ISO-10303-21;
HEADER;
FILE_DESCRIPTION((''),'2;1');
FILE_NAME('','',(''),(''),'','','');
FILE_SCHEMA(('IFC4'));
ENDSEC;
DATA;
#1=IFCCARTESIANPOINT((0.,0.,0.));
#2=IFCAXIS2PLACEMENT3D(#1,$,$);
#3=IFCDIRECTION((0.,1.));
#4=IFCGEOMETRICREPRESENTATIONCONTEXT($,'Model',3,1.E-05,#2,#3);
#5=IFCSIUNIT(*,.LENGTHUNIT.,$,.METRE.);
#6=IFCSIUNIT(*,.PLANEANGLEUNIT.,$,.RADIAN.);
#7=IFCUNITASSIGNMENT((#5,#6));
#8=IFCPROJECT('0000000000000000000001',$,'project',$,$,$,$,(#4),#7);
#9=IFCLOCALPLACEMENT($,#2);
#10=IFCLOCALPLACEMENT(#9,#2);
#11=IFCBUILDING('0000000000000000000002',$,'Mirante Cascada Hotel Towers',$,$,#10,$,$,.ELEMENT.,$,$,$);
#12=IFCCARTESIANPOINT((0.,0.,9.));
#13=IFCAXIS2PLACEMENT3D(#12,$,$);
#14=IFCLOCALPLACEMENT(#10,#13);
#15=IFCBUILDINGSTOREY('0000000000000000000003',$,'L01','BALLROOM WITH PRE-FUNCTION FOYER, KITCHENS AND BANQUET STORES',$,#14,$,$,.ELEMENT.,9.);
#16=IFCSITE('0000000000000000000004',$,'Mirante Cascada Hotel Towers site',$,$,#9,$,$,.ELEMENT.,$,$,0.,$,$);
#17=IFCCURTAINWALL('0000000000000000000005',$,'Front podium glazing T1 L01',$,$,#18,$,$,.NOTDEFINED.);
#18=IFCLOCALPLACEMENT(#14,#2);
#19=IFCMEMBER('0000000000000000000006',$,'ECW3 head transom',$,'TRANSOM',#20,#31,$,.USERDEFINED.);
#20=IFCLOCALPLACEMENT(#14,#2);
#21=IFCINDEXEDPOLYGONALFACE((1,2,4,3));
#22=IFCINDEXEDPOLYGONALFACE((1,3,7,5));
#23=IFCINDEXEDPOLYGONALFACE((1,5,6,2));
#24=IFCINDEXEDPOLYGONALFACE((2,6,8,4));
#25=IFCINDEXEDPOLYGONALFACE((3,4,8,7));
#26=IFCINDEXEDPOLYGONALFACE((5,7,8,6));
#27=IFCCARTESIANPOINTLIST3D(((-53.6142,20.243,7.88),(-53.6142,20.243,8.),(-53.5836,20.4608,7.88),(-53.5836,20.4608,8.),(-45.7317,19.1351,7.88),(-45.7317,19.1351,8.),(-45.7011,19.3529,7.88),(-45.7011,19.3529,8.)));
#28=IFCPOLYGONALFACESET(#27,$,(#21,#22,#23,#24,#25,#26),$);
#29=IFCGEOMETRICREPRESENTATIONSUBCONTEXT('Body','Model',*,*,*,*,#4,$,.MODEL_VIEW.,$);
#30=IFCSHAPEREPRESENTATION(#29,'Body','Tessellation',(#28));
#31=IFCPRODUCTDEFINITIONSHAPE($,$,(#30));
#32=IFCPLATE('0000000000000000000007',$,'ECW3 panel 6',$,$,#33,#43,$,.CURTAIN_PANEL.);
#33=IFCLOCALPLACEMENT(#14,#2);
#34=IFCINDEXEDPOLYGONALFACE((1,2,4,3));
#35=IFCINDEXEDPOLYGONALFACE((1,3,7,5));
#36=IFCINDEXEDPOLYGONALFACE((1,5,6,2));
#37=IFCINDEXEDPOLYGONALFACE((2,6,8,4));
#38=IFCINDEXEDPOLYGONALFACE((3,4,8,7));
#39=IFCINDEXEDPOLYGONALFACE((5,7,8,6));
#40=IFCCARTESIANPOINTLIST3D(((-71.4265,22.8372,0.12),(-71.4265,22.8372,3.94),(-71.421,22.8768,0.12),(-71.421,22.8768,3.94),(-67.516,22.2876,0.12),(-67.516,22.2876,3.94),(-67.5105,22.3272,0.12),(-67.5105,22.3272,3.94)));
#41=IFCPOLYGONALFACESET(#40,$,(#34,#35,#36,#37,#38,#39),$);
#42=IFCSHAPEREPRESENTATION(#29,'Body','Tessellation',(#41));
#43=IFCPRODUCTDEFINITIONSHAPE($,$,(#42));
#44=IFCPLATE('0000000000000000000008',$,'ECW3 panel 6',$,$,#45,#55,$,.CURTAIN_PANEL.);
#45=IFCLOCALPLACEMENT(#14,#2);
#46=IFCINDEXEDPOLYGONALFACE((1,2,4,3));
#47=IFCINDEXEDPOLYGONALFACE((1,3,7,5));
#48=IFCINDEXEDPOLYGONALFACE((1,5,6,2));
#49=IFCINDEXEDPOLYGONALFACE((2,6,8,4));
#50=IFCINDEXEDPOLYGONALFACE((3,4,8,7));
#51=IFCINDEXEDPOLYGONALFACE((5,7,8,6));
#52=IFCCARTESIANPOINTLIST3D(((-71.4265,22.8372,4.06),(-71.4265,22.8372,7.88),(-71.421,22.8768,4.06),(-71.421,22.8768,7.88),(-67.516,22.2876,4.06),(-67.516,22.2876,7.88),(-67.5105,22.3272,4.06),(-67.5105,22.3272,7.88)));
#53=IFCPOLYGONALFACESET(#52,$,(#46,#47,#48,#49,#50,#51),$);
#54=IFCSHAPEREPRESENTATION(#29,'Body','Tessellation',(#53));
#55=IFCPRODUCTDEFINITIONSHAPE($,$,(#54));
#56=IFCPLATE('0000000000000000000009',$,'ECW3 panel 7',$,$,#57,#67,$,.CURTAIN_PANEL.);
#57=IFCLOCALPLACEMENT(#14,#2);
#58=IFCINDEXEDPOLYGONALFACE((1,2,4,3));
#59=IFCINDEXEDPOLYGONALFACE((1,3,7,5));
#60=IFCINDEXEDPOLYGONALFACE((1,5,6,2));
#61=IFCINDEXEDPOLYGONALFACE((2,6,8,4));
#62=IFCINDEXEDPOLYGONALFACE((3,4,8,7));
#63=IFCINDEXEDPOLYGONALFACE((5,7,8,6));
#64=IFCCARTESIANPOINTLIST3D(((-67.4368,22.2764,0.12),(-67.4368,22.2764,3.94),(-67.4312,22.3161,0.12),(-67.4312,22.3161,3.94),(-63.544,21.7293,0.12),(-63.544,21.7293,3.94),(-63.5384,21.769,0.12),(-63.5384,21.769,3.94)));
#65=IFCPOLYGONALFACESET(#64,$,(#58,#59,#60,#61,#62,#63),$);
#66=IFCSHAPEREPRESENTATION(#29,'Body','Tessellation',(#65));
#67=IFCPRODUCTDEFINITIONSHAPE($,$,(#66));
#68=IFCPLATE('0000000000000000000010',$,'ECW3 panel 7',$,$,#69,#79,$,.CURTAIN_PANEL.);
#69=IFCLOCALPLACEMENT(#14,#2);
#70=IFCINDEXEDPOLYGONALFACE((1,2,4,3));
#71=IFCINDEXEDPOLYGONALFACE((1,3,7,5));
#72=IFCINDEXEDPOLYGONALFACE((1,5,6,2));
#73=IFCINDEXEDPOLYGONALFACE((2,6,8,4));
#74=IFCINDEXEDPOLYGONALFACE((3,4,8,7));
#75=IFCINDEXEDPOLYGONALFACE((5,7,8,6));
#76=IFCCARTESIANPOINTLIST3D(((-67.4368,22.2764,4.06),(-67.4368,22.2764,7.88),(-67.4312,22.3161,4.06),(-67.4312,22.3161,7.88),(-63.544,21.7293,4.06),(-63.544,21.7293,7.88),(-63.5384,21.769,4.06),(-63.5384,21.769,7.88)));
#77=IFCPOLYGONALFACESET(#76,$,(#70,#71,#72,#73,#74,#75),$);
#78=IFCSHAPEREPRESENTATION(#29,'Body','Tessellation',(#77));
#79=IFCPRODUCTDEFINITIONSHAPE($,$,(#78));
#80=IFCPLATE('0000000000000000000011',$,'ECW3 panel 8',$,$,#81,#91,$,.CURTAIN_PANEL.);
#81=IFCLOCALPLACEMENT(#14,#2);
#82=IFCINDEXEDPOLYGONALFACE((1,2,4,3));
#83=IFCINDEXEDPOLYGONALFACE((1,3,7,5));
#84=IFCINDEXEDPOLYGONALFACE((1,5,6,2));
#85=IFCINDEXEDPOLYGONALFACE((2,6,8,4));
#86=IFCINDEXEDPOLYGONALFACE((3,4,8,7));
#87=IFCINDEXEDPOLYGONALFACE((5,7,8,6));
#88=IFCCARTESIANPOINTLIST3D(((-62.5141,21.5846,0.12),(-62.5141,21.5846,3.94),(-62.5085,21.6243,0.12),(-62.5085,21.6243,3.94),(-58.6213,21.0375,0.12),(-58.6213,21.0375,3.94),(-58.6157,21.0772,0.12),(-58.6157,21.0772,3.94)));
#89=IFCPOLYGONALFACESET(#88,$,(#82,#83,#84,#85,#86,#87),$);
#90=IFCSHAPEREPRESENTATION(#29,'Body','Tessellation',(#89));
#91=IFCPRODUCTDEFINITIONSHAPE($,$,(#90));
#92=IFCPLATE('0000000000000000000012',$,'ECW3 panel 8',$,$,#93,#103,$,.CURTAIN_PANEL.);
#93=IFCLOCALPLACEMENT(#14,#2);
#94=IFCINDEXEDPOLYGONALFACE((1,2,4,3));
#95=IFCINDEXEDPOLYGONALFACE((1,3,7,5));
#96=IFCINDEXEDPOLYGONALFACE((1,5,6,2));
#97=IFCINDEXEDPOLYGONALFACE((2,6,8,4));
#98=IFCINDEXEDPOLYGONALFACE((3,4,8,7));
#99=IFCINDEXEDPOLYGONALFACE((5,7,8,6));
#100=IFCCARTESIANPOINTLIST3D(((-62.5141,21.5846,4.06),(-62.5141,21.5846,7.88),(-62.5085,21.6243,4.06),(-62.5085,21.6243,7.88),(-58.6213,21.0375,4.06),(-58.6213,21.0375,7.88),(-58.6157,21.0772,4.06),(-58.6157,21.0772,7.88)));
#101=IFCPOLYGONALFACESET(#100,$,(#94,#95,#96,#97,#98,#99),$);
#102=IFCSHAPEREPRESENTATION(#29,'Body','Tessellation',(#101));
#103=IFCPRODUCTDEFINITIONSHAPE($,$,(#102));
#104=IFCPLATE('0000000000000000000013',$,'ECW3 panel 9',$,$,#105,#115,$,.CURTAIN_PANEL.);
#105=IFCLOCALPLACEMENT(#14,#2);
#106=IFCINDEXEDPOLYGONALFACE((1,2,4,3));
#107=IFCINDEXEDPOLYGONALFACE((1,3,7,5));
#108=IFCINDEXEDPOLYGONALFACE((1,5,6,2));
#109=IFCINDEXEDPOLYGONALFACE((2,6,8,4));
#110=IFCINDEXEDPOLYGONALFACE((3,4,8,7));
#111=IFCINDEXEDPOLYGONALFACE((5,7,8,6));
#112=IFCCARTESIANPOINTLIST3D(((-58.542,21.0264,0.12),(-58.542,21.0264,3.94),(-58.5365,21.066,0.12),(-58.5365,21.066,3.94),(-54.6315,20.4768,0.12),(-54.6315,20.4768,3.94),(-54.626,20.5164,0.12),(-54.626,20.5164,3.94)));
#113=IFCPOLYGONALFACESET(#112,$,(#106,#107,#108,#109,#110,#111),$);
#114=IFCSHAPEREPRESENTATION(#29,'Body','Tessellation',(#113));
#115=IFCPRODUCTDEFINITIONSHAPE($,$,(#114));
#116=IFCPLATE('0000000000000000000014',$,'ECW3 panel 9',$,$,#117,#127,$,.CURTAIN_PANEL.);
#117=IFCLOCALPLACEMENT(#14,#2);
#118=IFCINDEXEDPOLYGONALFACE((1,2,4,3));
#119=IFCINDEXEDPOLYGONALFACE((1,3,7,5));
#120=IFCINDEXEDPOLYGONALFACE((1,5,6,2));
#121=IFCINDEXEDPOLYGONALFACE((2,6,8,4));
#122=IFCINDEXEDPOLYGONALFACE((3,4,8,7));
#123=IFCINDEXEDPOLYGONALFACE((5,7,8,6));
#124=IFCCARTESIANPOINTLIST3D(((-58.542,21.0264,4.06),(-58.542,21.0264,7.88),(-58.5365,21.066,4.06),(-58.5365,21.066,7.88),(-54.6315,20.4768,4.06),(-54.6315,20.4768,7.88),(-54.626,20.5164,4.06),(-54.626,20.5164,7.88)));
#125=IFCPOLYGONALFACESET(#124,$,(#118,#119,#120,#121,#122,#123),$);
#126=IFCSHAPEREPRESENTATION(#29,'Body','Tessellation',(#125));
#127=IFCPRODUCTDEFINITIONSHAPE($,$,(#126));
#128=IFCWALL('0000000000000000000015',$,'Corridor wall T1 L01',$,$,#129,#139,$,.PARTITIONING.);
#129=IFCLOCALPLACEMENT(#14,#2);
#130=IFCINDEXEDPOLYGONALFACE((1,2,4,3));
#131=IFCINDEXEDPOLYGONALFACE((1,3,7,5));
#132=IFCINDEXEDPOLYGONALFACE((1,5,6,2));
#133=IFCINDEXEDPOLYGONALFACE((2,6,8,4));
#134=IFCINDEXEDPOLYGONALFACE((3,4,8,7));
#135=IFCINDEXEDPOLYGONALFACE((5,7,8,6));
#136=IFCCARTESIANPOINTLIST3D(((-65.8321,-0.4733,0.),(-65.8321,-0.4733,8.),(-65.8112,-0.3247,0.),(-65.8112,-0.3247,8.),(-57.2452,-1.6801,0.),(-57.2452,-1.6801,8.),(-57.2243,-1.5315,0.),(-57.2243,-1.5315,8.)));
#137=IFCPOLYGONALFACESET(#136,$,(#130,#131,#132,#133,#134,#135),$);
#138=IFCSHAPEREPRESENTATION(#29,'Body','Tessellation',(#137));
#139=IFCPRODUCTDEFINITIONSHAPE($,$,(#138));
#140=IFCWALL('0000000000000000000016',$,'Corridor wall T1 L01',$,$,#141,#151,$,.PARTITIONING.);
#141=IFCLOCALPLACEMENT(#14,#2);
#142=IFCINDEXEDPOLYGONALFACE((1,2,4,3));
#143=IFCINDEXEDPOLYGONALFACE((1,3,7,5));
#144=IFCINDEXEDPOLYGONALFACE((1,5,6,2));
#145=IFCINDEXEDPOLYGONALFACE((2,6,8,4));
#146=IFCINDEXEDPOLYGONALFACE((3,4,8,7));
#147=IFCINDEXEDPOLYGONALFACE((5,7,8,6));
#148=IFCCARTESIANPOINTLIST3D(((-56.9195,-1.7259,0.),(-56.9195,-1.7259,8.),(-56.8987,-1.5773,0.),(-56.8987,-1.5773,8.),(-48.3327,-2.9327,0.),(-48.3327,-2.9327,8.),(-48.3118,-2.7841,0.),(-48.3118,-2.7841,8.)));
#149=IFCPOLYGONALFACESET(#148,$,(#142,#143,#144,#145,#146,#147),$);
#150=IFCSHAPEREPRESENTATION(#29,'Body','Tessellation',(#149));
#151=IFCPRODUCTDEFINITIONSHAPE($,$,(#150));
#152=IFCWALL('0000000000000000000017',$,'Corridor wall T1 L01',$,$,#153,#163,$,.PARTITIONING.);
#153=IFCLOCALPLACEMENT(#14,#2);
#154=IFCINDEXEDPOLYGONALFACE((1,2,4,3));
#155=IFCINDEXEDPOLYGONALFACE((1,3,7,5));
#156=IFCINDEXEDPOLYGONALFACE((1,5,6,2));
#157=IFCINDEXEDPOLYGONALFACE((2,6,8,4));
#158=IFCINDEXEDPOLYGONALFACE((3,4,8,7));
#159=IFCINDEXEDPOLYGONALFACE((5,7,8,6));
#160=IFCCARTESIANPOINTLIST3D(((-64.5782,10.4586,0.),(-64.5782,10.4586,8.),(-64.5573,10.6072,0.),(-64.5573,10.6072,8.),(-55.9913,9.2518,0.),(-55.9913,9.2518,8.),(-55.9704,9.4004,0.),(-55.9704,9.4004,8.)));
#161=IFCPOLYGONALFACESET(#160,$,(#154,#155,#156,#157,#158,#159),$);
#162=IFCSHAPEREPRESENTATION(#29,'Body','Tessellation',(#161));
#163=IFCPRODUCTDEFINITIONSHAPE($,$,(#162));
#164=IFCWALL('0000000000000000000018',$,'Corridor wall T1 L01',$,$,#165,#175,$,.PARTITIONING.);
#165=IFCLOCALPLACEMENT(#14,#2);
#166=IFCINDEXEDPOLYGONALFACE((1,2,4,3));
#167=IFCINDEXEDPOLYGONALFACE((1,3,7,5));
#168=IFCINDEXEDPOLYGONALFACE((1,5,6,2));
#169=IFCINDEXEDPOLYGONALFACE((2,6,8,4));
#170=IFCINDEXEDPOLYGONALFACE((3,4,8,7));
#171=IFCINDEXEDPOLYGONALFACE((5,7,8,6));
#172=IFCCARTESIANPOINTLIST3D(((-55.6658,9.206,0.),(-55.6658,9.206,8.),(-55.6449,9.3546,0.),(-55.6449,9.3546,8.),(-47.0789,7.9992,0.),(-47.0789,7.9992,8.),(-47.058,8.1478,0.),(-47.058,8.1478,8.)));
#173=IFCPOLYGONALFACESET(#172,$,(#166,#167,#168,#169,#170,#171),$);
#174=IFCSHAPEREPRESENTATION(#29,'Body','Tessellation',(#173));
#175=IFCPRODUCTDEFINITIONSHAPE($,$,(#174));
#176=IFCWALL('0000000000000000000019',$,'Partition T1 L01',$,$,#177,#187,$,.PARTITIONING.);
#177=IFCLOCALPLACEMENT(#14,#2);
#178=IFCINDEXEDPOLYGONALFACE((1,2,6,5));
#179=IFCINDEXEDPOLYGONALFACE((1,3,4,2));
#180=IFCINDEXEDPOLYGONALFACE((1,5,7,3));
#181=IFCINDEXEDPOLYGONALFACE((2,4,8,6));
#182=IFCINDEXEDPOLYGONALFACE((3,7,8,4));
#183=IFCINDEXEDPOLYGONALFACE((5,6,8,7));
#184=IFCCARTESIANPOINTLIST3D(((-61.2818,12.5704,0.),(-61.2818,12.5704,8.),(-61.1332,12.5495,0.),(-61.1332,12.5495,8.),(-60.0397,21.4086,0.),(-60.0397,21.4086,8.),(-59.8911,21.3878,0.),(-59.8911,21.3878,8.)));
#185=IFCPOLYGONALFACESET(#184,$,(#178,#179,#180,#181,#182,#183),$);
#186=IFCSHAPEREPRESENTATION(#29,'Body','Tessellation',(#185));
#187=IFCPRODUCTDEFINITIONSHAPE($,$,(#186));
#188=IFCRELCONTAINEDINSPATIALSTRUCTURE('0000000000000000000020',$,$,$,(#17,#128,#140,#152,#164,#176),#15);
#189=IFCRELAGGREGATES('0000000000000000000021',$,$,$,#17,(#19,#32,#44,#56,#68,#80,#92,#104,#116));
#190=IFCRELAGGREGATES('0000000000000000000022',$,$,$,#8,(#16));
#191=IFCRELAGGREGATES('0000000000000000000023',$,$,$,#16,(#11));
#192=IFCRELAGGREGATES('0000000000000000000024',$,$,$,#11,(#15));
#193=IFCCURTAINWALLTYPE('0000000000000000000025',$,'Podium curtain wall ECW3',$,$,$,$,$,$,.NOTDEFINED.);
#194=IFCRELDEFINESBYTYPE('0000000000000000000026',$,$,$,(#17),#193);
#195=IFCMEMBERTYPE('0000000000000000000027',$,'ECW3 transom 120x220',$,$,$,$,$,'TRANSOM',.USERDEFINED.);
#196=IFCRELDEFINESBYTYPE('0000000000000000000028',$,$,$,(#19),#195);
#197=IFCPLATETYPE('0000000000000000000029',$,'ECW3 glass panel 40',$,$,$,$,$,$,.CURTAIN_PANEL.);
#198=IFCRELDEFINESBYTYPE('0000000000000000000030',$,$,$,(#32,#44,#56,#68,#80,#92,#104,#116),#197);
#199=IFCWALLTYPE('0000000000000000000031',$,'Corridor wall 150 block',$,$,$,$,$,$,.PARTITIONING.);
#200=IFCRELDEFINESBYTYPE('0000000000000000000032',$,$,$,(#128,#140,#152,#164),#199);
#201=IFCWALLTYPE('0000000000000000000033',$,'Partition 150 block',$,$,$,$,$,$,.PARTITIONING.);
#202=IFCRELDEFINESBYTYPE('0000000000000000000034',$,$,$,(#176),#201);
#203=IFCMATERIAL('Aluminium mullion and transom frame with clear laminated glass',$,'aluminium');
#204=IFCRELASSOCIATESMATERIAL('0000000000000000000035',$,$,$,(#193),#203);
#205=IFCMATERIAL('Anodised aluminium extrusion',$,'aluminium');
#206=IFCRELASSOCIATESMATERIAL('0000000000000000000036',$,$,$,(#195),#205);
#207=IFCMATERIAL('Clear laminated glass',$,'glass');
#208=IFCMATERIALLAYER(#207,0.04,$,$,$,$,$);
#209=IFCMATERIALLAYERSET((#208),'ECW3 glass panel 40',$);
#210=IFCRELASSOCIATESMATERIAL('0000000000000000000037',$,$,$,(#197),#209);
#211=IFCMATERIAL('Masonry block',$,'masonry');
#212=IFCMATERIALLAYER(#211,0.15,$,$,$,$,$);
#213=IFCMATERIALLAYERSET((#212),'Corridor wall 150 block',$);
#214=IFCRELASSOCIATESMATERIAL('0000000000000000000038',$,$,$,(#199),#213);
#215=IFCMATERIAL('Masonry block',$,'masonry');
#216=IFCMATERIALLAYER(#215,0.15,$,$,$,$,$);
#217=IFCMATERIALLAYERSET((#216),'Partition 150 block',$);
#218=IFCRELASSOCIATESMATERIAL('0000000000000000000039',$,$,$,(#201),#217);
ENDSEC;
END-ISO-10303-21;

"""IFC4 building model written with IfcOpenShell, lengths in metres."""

from ifc_helpers import new_model, si_unit, direction, frame, frame_2d, origin, origin_2d, place, context, subcontext, project, spatial, rectangle, extrude, material, layer, layer_set, material_profile, profile_set, type_object, element, aggregate, save


model = new_model("IFC4")

# Units and contexts
model_context = context("Model", 3, precision=1e-05, world=origin(), true_north=direction((0.0, 1.0)))
body_context = subcontext(model_context, "Body", "Model", "MODEL_VIEW")
ifc_project = project(units=[si_unit("LENGTHUNIT", "METRE"), si_unit("PLANEANGLEUNIT", "RADIAN")], contexts=[model_context])

# Site, building, storey
site_placement = place(None, origin())
site = spatial("IfcSite", under=ifc_project, at=site_placement, Name="Mirante Cascada Hotel Towers site", CompositionType="ELEMENT", RefElevation=0.0)
building_placement = place(site_placement, origin())
building = spatial("IfcBuilding", under=site, at=building_placement, Name="Mirante Cascada Hotel Towers", CompositionType="ELEMENT")
storey_placement = place(building_placement, frame((0.0, 0.0, 9.0)))
storey = spatial("IfcBuildingStorey", under=building, at=storey_placement, Name="L01", Description="BALLROOM WITH PRE-FUNCTION FOYER, KITCHENS AND BANQUET STORES", CompositionType="ELEMENT", Elevation=9.0)

# Curtain wall, member, plates
ifc_material_1 = material(Name="Aluminium mullion and transom frame with clear laminated glass", Category="aluminium")
curtain_wall_type = type_object("IfcCurtainWallType", Name="Podium curtain wall ECW3", PredefinedType="NOTDEFINED", material=ifc_material_1)
curtain_wall_placement = place(storey_placement, origin())
curtain_wall = element("IfcCurtainWall", 1, at=curtain_wall_placement, inside=storey, type_object=curtain_wall_type, Name="Front podium glazing T1 L01", PredefinedType="NOTDEFINED")
ifc_material_2 = material(Name="Anodised aluminium extrusion", Category="aluminium")
ifc_material_profile_1 = material_profile(ifc_material_2, rectangle(XDim=0.22, YDim=0.12, at=origin_2d()), Name="ECW3 TRANSOM 120x220")
ifc_profile_set_1 = profile_set([ifc_material_profile_1], Name="Anodised aluminium extrusion")
member_type_1 = type_object("IfcMemberType", Name="ECW3 transom 120x220", ElementType="TRANSOM", PredefinedType="USERDEFINED", material=ifc_profile_set_1)
member_1_placement = place(storey_placement, frame((-53.5989, 20.3519, 7.94), z_axis=(0.990267, -0.139184, 0.0), x_axis=(0.139184, 0.990267, 0.0)))
member_1 = element("IfcMember", 2, at=member_1_placement, type_object=member_type_1, Name="ECW3 head transom", ObjectType="TRANSOM", PredefinedType="USERDEFINED", context=body_context, shape_type="SweptSolid", body=[
    extrude(rectangle(XDim=0.22, YDim=0.12, at=origin_2d()), origin(), (0.0, 0.0, 1.0), 7.96),
])
ifc_material_3 = material(Name="Clear laminated glass", Category="glass")
ifc_layer_1 = layer(ifc_material_3, 0.04)
ifc_layer_set_1 = layer_set([ifc_layer_1], Name="ECW3 glass panel 40")
plate_type = type_object("IfcPlateType", Name="ECW3 glass panel 40", PredefinedType="CURTAIN_PANEL", material=ifc_layer_set_1)
plate_1_placement = place(storey_placement, frame((-69.4685, 22.5822, 0.12), z_axis=(0.0, 0.0, 1.0), x_axis=(0.990268, -0.139173, 0.0)))
plate_1 = element("IfcPlate", 3, at=plate_1_placement, type_object=plate_type, Name="ECW3 panel 6", PredefinedType="CURTAIN_PANEL", context=body_context, shape_type="SweptSolid", body=[
    extrude(rectangle(XDim=3.9489, YDim=0.04, at=origin_2d()), origin(), (0.0, 0.0, 1.0), 3.82),
])
plate_2_placement = place(storey_placement, frame((-69.4685, 22.5822, 4.06), z_axis=(0.0, 0.0, 1.0), x_axis=(0.990268, -0.139173, 0.0)))
plate_2 = element("IfcPlate", 4, at=plate_2_placement, type_object=plate_type, Name="ECW3 panel 6", PredefinedType="CURTAIN_PANEL", context=body_context, shape_type="SweptSolid", body=[
    extrude(rectangle(XDim=3.9489, YDim=0.04, at=origin_2d()), origin(), (0.0, 0.0, 1.0), 3.82),
])
plate_3_placement = place(storey_placement, frame((-65.4876, 22.0227, 0.12), z_axis=(0.0, 0.0, 1.0), x_axis=(0.990268, -0.139173, 0.0)))
plate_3 = element("IfcPlate", 5, at=plate_3_placement, type_object=plate_type, Name="ECW3 panel 7", PredefinedType="CURTAIN_PANEL", context=body_context, shape_type="SweptSolid", body=[
    extrude(rectangle(XDim=3.9311, YDim=0.04, at=origin_2d()), origin(), (0.0, 0.0, 1.0), 3.82),
])
plate_4_placement = place(storey_placement, frame((-65.4876, 22.0227, 4.06), z_axis=(0.0, 0.0, 1.0), x_axis=(0.990268, -0.139173, 0.0)))
plate_4 = element("IfcPlate", 6, at=plate_4_placement, type_object=plate_type, Name="ECW3 panel 7", PredefinedType="CURTAIN_PANEL", context=body_context, shape_type="SweptSolid", body=[
    extrude(rectangle(XDim=3.9311, YDim=0.04, at=origin_2d()), origin(), (0.0, 0.0, 1.0), 3.82),
])
plate_5_placement = place(storey_placement, frame((-60.5649, 21.3309, 0.12), z_axis=(0.0, 0.0, 1.0), x_axis=(0.990268, -0.139173, 0.0)))
plate_5 = element("IfcPlate", 7, at=plate_5_placement, type_object=plate_type, Name="ECW3 panel 8", PredefinedType="CURTAIN_PANEL", context=body_context, shape_type="SweptSolid", body=[
    extrude(rectangle(XDim=3.9311, YDim=0.04, at=origin_2d()), origin(), (0.0, 0.0, 1.0), 3.82),
])
plate_6_placement = place(storey_placement, frame((-60.5649, 21.3309, 4.06), z_axis=(0.0, 0.0, 1.0), x_axis=(0.990268, -0.139173, 0.0)))
plate_6 = element("IfcPlate", 8, at=plate_6_placement, type_object=plate_type, Name="ECW3 panel 8", PredefinedType="CURTAIN_PANEL", context=body_context, shape_type="SweptSolid", body=[
    extrude(rectangle(XDim=3.9311, YDim=0.04, at=origin_2d()), origin(), (0.0, 0.0, 1.0), 3.82),
])
plate_7_placement = place(storey_placement, frame((-56.584, 20.7714, 0.12), z_axis=(0.0, 0.0, 1.0), x_axis=(0.990268, -0.139173, 0.0)))
plate_7 = element("IfcPlate", 9, at=plate_7_placement, type_object=plate_type, Name="ECW3 panel 9", PredefinedType="CURTAIN_PANEL", context=body_context, shape_type="SweptSolid", body=[
    extrude(rectangle(XDim=3.9489, YDim=0.04, at=origin_2d()), origin(), (0.0, 0.0, 1.0), 3.82),
])
plate_8_placement = place(storey_placement, frame((-56.584, 20.7714, 4.06), z_axis=(0.0, 0.0, 1.0), x_axis=(0.990268, -0.139173, 0.0)))
plate_8 = element("IfcPlate", 10, at=plate_8_placement, type_object=plate_type, Name="ECW3 panel 9", PredefinedType="CURTAIN_PANEL", context=body_context, shape_type="SweptSolid", body=[
    extrude(rectangle(XDim=3.9489, YDim=0.04, at=origin_2d()), origin(), (0.0, 0.0, 1.0), 3.82),
])
aggregate(curtain_wall, [member_1, plate_1, plate_2, plate_3, plate_4, plate_5, plate_6, plate_7, plate_8])

# Walls
ifc_material_4 = material(Name="Masonry block", Category="masonry")
ifc_layer_2 = layer(ifc_material_4, 0.15)
ifc_layer_set_2 = layer_set([ifc_layer_2], Name="Corridor wall 150 block")
wall_type_1 = type_object("IfcWallType", Name="Corridor wall 150 block", PredefinedType="PARTITIONING", material=ifc_layer_set_2)
wall_1_placement = place(storey_placement, frame((-65.8216, -0.399, 0.0), z_axis=(0.0, 0.0, 1.0), x_axis=(0.990268, -0.139172, 0.0)))
element("IfcWall", 11, at=wall_1_placement, inside=storey, type_object=wall_type_1, Name="Corridor wall T1 L01", PredefinedType="PARTITIONING", context=body_context, shape_type="SweptSolid", body=[
    extrude(rectangle(XDim=8.6713, YDim=0.15, at=frame_2d((4.3356, 0.0))), origin(), (0.0, 0.0, 1.0), 8.0),
])
wall_2_placement = place(storey_placement, frame((-56.9091, -1.6516, 0.0), z_axis=(0.0, 0.0, 1.0), x_axis=(0.990268, -0.139174, 0.0)))
element("IfcWall", 12, at=wall_2_placement, inside=storey, type_object=wall_type_1, Name="Corridor wall T1 L01", PredefinedType="PARTITIONING", context=body_context, shape_type="SweptSolid", body=[
    extrude(rectangle(XDim=8.6712, YDim=0.15, at=frame_2d((4.3356, 0.0))), origin(), (0.0, 0.0, 1.0), 8.0),
])
for number, where, z_axis, x_axis, name in (
    (13, (-64.5677, 10.5329, 0.0), (0.0, 0.0, 1.0), (0.990268, -0.139172, 0.0), "Corridor wall T1 L01"),
    (14, (-55.6553, 9.2803, 0.0), (0.0, 0.0, 1.0), (0.990268, -0.139172, 0.0), "Corridor wall T1 L01"),
):
    element("IfcWall", number, at=place(storey_placement, frame(where, z_axis=z_axis, x_axis=x_axis)), inside=storey, type_object=wall_type_1, Name=name, PredefinedType="PARTITIONING", context=body_context, shape_type="SweptSolid", body=[
        extrude(rectangle(XDim=8.6713, YDim=0.15, at=frame_2d((4.3356, 0.0))), origin(), (0.0, 0.0, 1.0), 8.0),
    ])
ifc_material_5 = material(Name="Masonry block", Category="masonry")
ifc_layer_3 = layer(ifc_material_5, 0.15)
ifc_layer_set_3 = layer_set([ifc_layer_3], Name="Partition 150 block")
wall_type_2 = type_object("IfcWallType", Name="Partition 150 block", PredefinedType="PARTITIONING", material=ifc_layer_set_3)
wall_3_placement = place(storey_placement, frame((-61.2075, 12.5599, 0.0), z_axis=(0.0, 0.0, 1.0), x_axis=(0.13917, 0.990268, 0.0)))
element("IfcWall", 15, at=wall_3_placement, inside=storey, type_object=wall_type_2, Name="Partition T1 L01", PredefinedType="PARTITIONING", context=body_context, shape_type="SweptSolid", body=[
    extrude(rectangle(XDim=8.9251, YDim=0.15, at=frame_2d((4.4626, 0.0))), origin(), (0.0, 0.0, 1.0), 8.0),
])

save(model, "model.ifc")
